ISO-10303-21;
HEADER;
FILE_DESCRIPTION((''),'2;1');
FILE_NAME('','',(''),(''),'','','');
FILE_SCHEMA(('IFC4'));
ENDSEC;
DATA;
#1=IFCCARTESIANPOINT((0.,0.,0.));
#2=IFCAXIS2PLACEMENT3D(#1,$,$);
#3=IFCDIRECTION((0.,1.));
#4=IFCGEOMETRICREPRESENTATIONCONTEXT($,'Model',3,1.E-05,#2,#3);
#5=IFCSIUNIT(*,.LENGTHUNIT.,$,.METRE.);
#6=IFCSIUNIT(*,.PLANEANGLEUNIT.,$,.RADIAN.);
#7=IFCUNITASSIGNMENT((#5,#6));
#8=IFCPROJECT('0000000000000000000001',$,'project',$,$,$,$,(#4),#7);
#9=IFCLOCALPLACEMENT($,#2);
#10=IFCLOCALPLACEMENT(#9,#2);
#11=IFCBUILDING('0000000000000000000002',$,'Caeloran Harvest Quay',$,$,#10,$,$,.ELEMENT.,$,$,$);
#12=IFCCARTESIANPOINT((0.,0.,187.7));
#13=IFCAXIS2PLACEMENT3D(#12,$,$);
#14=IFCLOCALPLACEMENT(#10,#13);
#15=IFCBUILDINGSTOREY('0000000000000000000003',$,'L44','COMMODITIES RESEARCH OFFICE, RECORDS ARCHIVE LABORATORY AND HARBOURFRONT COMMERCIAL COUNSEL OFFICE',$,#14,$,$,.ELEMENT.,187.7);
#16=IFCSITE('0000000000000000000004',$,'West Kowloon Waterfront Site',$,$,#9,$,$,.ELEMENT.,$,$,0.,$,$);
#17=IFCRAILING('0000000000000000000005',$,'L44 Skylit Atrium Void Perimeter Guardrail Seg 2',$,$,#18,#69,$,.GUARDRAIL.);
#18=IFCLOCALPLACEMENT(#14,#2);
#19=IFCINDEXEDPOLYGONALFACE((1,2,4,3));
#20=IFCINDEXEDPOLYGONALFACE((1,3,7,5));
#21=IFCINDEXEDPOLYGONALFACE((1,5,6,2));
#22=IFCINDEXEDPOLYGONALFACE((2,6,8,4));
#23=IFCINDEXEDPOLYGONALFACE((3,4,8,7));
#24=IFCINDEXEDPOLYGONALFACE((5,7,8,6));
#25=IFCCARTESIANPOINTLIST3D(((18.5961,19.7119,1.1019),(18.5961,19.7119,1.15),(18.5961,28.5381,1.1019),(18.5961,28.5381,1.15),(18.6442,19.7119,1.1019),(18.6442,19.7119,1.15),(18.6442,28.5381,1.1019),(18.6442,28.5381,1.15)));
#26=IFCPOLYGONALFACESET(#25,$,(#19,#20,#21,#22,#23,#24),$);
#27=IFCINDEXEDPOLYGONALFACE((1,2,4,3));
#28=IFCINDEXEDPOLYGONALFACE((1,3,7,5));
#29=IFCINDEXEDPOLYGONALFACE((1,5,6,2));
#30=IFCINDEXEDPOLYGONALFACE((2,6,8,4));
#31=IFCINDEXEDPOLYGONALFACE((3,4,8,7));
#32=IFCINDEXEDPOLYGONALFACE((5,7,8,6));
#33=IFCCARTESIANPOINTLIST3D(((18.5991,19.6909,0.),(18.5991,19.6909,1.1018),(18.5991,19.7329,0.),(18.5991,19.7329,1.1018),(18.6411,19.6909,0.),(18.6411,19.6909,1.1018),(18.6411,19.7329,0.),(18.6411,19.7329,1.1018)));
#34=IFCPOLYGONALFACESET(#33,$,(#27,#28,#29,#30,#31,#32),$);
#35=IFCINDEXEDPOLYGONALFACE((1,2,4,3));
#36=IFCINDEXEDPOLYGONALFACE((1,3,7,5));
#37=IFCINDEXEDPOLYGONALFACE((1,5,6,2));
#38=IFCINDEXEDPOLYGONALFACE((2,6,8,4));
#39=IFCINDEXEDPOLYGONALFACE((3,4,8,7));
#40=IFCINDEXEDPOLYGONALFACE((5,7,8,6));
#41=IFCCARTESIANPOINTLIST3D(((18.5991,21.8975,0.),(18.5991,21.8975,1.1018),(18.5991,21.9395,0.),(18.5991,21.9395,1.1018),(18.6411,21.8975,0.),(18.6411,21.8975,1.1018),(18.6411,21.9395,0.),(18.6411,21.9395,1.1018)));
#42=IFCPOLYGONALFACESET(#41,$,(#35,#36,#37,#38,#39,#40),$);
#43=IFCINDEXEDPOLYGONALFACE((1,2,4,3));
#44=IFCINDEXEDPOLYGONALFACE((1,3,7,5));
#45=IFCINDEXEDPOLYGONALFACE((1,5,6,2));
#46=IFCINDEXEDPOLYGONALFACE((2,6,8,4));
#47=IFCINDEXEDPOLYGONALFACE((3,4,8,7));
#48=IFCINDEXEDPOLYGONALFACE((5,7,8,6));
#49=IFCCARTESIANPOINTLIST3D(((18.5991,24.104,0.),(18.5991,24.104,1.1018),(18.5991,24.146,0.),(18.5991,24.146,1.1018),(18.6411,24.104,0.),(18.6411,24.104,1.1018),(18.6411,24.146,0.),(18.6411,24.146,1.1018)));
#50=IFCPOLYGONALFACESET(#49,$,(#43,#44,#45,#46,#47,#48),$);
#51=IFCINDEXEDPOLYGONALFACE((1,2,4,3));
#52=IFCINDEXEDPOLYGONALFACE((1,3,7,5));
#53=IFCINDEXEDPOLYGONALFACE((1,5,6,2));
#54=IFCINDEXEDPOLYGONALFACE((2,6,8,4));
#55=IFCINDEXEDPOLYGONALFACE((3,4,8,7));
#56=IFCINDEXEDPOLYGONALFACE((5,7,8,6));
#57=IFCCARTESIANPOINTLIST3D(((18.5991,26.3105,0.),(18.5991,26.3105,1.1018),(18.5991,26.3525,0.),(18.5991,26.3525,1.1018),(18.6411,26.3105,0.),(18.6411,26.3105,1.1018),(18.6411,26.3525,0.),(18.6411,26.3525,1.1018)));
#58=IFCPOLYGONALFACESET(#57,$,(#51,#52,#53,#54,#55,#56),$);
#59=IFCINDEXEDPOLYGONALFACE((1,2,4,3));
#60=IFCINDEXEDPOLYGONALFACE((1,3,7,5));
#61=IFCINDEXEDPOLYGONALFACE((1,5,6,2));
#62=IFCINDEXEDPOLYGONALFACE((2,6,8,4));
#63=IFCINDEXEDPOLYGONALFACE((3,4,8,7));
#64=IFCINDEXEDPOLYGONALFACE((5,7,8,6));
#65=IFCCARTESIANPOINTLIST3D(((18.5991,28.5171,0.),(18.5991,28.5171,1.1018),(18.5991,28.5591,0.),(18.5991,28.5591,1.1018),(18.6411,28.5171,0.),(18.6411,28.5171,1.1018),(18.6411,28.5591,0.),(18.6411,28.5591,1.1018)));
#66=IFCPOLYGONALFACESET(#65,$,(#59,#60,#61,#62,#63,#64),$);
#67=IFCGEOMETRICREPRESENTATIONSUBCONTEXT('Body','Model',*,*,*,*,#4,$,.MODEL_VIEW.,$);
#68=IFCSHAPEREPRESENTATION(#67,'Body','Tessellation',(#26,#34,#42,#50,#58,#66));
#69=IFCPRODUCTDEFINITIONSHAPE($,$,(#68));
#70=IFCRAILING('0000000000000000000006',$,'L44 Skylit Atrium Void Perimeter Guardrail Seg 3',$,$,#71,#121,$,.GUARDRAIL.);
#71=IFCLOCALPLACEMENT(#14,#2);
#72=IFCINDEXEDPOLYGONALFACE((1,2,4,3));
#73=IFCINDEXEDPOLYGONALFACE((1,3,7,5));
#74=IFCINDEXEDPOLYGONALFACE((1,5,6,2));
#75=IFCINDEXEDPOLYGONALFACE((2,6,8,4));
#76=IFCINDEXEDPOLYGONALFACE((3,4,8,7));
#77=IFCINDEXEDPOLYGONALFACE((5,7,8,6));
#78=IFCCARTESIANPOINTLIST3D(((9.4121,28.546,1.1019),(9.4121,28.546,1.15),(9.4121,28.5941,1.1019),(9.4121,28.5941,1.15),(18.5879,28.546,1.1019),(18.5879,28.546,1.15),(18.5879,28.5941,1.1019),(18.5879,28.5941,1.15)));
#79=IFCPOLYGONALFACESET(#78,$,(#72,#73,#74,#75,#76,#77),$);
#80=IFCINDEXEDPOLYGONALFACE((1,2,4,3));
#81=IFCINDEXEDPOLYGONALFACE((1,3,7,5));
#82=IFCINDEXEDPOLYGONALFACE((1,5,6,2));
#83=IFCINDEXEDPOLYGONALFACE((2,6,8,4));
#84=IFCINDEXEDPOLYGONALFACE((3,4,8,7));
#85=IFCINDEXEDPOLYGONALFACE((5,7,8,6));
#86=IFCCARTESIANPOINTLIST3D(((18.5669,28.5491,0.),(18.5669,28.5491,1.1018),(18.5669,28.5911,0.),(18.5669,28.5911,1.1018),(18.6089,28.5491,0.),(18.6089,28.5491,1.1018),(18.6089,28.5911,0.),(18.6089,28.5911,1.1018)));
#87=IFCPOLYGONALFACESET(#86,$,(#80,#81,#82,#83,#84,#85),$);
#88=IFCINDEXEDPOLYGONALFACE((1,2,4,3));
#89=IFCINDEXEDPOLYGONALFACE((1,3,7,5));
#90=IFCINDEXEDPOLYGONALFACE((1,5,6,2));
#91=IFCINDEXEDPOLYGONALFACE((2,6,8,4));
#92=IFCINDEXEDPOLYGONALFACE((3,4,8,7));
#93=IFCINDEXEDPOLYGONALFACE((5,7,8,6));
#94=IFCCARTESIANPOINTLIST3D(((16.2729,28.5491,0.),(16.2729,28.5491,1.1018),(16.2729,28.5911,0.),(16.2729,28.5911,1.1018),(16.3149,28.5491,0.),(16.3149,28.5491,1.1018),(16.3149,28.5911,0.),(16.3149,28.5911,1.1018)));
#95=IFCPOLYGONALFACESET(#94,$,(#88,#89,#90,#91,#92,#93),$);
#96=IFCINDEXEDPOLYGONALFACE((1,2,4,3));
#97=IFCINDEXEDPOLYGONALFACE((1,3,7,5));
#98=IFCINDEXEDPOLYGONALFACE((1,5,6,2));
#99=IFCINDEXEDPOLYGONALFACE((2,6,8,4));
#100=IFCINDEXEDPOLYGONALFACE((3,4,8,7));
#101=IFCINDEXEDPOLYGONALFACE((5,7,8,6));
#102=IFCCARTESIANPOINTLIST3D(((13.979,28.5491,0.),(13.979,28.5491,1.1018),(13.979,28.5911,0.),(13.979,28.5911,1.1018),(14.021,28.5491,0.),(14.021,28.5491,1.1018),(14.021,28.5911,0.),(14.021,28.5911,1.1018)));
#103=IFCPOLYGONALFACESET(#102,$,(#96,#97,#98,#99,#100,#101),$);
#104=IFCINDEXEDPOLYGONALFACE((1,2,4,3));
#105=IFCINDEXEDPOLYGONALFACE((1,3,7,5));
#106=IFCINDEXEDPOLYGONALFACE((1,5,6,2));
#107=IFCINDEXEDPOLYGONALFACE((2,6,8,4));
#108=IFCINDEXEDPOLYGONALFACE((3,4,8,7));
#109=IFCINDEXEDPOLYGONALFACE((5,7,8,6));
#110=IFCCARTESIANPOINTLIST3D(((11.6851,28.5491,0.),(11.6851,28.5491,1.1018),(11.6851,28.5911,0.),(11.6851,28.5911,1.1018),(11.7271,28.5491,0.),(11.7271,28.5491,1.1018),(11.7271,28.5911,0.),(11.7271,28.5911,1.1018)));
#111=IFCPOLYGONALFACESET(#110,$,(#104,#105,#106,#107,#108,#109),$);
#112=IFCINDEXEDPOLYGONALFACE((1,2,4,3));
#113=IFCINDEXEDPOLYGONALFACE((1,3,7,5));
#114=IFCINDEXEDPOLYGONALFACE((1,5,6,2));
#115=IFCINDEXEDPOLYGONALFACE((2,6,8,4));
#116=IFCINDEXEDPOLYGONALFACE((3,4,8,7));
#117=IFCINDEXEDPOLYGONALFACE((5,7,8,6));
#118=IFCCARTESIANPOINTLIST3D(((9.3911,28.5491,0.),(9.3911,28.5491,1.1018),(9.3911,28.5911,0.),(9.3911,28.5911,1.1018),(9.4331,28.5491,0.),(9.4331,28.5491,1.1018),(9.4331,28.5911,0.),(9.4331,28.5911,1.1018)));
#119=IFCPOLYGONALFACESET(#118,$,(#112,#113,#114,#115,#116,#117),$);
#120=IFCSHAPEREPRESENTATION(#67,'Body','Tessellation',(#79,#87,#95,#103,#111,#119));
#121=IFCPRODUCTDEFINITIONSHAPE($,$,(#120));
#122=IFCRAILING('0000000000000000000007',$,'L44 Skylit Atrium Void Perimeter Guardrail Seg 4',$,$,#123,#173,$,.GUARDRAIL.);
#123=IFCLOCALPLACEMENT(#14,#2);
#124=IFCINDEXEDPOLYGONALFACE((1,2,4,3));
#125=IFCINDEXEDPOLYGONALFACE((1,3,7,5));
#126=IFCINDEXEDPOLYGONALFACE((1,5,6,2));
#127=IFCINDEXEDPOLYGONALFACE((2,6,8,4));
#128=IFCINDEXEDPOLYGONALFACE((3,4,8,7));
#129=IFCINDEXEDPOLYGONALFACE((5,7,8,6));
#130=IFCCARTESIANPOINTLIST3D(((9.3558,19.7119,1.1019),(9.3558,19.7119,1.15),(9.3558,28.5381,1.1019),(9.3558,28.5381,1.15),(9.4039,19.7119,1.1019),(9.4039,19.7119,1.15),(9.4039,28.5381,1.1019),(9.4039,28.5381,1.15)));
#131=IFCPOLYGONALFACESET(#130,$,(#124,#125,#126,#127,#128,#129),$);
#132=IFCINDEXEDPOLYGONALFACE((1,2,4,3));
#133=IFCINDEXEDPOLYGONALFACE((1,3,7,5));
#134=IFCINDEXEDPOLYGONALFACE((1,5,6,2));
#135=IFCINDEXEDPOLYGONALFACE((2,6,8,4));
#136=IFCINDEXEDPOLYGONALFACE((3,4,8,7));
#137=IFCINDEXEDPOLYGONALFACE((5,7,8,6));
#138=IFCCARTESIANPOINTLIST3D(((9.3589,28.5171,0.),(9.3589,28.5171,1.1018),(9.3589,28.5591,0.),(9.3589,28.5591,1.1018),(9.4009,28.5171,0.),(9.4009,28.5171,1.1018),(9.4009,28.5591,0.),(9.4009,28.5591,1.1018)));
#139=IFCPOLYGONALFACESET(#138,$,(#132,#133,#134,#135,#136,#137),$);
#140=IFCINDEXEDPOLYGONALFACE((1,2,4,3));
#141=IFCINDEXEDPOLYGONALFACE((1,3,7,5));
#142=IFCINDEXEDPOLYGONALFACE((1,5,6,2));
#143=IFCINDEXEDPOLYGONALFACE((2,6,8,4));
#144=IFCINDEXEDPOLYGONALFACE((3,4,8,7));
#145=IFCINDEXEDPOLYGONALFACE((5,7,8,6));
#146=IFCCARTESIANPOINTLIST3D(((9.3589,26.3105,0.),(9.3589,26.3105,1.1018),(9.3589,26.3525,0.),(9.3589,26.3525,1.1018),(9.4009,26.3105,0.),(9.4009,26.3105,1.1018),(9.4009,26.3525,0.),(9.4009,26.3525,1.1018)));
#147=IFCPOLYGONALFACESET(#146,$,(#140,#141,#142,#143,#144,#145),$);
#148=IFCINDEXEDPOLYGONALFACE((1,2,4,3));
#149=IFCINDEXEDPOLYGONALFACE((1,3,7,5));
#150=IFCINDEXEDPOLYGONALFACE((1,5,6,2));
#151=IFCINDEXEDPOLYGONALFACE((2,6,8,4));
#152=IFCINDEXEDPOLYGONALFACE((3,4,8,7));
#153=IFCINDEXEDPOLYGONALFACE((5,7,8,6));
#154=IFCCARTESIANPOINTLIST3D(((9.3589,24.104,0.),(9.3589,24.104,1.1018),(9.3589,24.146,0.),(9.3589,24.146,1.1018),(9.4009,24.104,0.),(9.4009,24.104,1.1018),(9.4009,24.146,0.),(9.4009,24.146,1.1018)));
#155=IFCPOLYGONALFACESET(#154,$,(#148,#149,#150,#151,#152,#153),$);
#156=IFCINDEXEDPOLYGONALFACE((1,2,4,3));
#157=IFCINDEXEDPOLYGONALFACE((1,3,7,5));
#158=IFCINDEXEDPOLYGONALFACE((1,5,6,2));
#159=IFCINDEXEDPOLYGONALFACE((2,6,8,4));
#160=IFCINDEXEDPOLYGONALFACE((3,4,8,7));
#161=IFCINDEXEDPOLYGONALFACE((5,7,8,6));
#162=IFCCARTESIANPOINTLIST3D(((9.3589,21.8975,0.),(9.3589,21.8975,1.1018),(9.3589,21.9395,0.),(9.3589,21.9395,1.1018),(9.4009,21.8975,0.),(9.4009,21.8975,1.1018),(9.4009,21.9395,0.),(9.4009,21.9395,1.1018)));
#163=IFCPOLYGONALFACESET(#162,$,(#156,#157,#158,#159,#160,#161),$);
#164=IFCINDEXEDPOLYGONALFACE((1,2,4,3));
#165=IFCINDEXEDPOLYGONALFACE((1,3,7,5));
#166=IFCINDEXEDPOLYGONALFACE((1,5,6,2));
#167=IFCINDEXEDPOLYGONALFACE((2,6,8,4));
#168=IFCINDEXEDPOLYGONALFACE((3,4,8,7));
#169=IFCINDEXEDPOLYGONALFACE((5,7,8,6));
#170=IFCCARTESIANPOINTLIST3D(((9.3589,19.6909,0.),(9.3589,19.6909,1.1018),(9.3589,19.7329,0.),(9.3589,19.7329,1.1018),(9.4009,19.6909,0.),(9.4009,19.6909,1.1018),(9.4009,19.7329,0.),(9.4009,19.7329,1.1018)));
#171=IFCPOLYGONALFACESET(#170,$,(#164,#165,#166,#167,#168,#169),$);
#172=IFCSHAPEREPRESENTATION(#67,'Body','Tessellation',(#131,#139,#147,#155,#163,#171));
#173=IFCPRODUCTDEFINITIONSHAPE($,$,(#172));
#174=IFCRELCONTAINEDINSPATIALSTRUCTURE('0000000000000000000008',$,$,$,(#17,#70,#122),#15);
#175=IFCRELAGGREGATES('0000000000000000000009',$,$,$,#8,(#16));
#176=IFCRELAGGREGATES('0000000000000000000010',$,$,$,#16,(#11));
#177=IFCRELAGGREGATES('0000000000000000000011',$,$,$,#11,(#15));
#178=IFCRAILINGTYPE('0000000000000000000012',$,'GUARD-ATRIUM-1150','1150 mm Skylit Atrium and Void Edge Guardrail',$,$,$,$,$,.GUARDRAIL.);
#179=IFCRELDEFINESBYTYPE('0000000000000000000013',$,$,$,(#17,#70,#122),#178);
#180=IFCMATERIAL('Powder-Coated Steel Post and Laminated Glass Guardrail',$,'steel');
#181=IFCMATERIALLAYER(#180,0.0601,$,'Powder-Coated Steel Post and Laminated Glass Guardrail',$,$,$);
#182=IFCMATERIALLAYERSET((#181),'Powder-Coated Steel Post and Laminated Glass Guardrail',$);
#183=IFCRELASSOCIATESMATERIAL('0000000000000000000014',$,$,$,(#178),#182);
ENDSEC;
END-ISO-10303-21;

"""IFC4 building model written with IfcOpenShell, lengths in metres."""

from ifc_helpers import new_model, si_unit, direction, frame, origin, origin_2d, place, context, subcontext, project, spatial, rectangle, extrude, material, layer, layer_set, type_object, element, save


model = new_model("IFC4")

# Units and contexts
model_context = context("Model", 3, precision=1e-05, world=origin(), true_north=direction((0.0, 1.0)))
body_context = subcontext(model_context, "Body", "Model", "MODEL_VIEW")
ifc_project = project(units=[si_unit("LENGTHUNIT", "METRE"), si_unit("PLANEANGLEUNIT", "RADIAN")], contexts=[model_context])

# Site, building, storey
site_placement = place(None, origin())
site = spatial("IfcSite", under=ifc_project, at=site_placement, Name="West Kowloon Waterfront Site", CompositionType="ELEMENT", RefElevation=0.0)
building_placement = place(site_placement, origin())
building = spatial("IfcBuilding", under=site, at=building_placement, Name="Caeloran Harvest Quay", CompositionType="ELEMENT")
storey_placement = place(building_placement, frame((0.0, 0.0, 187.7)))
storey = spatial("IfcBuildingStorey", under=building, at=storey_placement, Name="L44", Description="COMMODITIES RESEARCH OFFICE, RECORDS ARCHIVE LABORATORY AND HARBOURFRONT COMMERCIAL COUNSEL OFFICE", CompositionType="ELEMENT", Elevation=187.7)

# Railings
ifc_material_1 = material(Name="Powder-Coated Steel Post and Laminated Glass Guardrail", Category="steel")
ifc_layer_1 = layer(ifc_material_1, 0.0601, Name="Powder-Coated Steel Post and Laminated Glass Guardrail")
ifc_layer_set_1 = layer_set([ifc_layer_1], Name="Powder-Coated Steel Post and Laminated Glass Guardrail")
railing_type = type_object("IfcRailingType", Name="GUARD-ATRIUM-1150", Description="1150 mm Skylit Atrium and Void Edge Guardrail", PredefinedType="GUARDRAIL", material=ifc_layer_set_1)
railing_1_placement = place(storey_placement, frame((18.6201, 19.7119, 0.0)))
element("IfcRailing", 1, at=railing_1_placement, inside=storey, type_object=railing_type, Name="L44 Skylit Atrium Void Perimeter Guardrail Seg 2", PredefinedType="GUARDRAIL", context=body_context, shape_type="SweptSolid", body=[
    extrude(rectangle(XDim=0.0481, YDim=0.0481, at=origin_2d()), frame((0.0, 0.0, 1.126), z_axis=(0.0, 1.0, 0.0), x_axis=(-1.0, 0.0, 0.0)), (0.0, 0.0, 1.0), 8.8262),
    extrude(rectangle(XDim=0.042, YDim=0.042, at=origin_2d()), origin(), (0.0, 0.0, 1.0), 1.1018),
    extrude(rectangle(XDim=0.042, YDim=0.042, at=origin_2d()), frame((0.0, 2.2065, 0.0)), (0.0, 0.0, 1.0), 1.1018),
    extrude(rectangle(XDim=0.042, YDim=0.042, at=origin_2d()), frame((0.0, 4.4131, 0.0)), (0.0, 0.0, 1.0), 1.1018),
    extrude(rectangle(XDim=0.042, YDim=0.042, at=origin_2d()), frame((0.0, 6.6196, 0.0)), (0.0, 0.0, 1.0), 1.1018),
    extrude(rectangle(XDim=0.042, YDim=0.042, at=origin_2d()), frame((0.0, 8.8262, 0.0)), (0.0, 0.0, 1.0), 1.1018),
])
railing_2_placement = place(storey_placement, frame((18.5879, 28.5701, 0.0)))
element("IfcRailing", 2, at=railing_2_placement, inside=storey, type_object=railing_type, Name="L44 Skylit Atrium Void Perimeter Guardrail Seg 3", PredefinedType="GUARDRAIL", context=body_context, shape_type="SweptSolid", body=[
    extrude(rectangle(XDim=0.0481, YDim=0.0481, at=origin_2d()), frame((0.0, 0.0, 1.126), z_axis=(-1.0, 0.0, 0.0), x_axis=(0.0, -1.0, 0.0)), (0.0, 0.0, 1.0), 9.1758),
    extrude(rectangle(XDim=0.042, YDim=0.042, at=origin_2d()), origin(), (0.0, 0.0, 1.0), 1.1018),
    extrude(rectangle(XDim=0.042, YDim=0.042, at=origin_2d()), frame((-2.2939, 0.0, 0.0)), (0.0, 0.0, 1.0), 1.1018),
    extrude(rectangle(XDim=0.042, YDim=0.042, at=origin_2d()), frame((-4.5879, 0.0, 0.0)), (0.0, 0.0, 1.0), 1.1018),
    extrude(rectangle(XDim=0.042, YDim=0.042, at=origin_2d()), frame((-6.8818, 0.0, 0.0)), (0.0, 0.0, 1.0), 1.1018),
    extrude(rectangle(XDim=0.042, YDim=0.042, at=origin_2d()), frame((-9.1758, 0.0, 0.0)), (0.0, 0.0, 1.0), 1.1018),
])
railing_3_placement = place(storey_placement, frame((9.3799, 28.5381, 0.0)))
element("IfcRailing", 3, at=railing_3_placement, inside=storey, type_object=railing_type, Name="L44 Skylit Atrium Void Perimeter Guardrail Seg 4", PredefinedType="GUARDRAIL", context=body_context, shape_type="SweptSolid", body=[
    extrude(rectangle(XDim=0.0481, YDim=0.0481, at=origin_2d()), frame((0.0, 0.0, 1.126), z_axis=(0.0, -1.0, 0.0), x_axis=(1.0, 0.0, 0.0)), (0.0, 0.0, 1.0), 8.8262),
    extrude(rectangle(XDim=0.042, YDim=0.042, at=origin_2d()), origin(), (0.0, 0.0, 1.0), 1.1018),
    extrude(rectangle(XDim=0.042, YDim=0.042, at=origin_2d()), frame((0.0, -2.2065, 0.0)), (0.0, 0.0, 1.0), 1.1018),
    extrude(rectangle(XDim=0.042, YDim=0.042, at=origin_2d()), frame((0.0, -4.4131, 0.0)), (0.0, 0.0, 1.0), 1.1018),
    extrude(rectangle(XDim=0.042, YDim=0.042, at=origin_2d()), frame((0.0, -6.6196, 0.0)), (0.0, 0.0, 1.0), 1.1018),
    extrude(rectangle(XDim=0.042, YDim=0.042, at=origin_2d()), frame((0.0, -8.8262, 0.0)), (0.0, 0.0, 1.0), 1.1018),
])

save(model, "model.ifc")
